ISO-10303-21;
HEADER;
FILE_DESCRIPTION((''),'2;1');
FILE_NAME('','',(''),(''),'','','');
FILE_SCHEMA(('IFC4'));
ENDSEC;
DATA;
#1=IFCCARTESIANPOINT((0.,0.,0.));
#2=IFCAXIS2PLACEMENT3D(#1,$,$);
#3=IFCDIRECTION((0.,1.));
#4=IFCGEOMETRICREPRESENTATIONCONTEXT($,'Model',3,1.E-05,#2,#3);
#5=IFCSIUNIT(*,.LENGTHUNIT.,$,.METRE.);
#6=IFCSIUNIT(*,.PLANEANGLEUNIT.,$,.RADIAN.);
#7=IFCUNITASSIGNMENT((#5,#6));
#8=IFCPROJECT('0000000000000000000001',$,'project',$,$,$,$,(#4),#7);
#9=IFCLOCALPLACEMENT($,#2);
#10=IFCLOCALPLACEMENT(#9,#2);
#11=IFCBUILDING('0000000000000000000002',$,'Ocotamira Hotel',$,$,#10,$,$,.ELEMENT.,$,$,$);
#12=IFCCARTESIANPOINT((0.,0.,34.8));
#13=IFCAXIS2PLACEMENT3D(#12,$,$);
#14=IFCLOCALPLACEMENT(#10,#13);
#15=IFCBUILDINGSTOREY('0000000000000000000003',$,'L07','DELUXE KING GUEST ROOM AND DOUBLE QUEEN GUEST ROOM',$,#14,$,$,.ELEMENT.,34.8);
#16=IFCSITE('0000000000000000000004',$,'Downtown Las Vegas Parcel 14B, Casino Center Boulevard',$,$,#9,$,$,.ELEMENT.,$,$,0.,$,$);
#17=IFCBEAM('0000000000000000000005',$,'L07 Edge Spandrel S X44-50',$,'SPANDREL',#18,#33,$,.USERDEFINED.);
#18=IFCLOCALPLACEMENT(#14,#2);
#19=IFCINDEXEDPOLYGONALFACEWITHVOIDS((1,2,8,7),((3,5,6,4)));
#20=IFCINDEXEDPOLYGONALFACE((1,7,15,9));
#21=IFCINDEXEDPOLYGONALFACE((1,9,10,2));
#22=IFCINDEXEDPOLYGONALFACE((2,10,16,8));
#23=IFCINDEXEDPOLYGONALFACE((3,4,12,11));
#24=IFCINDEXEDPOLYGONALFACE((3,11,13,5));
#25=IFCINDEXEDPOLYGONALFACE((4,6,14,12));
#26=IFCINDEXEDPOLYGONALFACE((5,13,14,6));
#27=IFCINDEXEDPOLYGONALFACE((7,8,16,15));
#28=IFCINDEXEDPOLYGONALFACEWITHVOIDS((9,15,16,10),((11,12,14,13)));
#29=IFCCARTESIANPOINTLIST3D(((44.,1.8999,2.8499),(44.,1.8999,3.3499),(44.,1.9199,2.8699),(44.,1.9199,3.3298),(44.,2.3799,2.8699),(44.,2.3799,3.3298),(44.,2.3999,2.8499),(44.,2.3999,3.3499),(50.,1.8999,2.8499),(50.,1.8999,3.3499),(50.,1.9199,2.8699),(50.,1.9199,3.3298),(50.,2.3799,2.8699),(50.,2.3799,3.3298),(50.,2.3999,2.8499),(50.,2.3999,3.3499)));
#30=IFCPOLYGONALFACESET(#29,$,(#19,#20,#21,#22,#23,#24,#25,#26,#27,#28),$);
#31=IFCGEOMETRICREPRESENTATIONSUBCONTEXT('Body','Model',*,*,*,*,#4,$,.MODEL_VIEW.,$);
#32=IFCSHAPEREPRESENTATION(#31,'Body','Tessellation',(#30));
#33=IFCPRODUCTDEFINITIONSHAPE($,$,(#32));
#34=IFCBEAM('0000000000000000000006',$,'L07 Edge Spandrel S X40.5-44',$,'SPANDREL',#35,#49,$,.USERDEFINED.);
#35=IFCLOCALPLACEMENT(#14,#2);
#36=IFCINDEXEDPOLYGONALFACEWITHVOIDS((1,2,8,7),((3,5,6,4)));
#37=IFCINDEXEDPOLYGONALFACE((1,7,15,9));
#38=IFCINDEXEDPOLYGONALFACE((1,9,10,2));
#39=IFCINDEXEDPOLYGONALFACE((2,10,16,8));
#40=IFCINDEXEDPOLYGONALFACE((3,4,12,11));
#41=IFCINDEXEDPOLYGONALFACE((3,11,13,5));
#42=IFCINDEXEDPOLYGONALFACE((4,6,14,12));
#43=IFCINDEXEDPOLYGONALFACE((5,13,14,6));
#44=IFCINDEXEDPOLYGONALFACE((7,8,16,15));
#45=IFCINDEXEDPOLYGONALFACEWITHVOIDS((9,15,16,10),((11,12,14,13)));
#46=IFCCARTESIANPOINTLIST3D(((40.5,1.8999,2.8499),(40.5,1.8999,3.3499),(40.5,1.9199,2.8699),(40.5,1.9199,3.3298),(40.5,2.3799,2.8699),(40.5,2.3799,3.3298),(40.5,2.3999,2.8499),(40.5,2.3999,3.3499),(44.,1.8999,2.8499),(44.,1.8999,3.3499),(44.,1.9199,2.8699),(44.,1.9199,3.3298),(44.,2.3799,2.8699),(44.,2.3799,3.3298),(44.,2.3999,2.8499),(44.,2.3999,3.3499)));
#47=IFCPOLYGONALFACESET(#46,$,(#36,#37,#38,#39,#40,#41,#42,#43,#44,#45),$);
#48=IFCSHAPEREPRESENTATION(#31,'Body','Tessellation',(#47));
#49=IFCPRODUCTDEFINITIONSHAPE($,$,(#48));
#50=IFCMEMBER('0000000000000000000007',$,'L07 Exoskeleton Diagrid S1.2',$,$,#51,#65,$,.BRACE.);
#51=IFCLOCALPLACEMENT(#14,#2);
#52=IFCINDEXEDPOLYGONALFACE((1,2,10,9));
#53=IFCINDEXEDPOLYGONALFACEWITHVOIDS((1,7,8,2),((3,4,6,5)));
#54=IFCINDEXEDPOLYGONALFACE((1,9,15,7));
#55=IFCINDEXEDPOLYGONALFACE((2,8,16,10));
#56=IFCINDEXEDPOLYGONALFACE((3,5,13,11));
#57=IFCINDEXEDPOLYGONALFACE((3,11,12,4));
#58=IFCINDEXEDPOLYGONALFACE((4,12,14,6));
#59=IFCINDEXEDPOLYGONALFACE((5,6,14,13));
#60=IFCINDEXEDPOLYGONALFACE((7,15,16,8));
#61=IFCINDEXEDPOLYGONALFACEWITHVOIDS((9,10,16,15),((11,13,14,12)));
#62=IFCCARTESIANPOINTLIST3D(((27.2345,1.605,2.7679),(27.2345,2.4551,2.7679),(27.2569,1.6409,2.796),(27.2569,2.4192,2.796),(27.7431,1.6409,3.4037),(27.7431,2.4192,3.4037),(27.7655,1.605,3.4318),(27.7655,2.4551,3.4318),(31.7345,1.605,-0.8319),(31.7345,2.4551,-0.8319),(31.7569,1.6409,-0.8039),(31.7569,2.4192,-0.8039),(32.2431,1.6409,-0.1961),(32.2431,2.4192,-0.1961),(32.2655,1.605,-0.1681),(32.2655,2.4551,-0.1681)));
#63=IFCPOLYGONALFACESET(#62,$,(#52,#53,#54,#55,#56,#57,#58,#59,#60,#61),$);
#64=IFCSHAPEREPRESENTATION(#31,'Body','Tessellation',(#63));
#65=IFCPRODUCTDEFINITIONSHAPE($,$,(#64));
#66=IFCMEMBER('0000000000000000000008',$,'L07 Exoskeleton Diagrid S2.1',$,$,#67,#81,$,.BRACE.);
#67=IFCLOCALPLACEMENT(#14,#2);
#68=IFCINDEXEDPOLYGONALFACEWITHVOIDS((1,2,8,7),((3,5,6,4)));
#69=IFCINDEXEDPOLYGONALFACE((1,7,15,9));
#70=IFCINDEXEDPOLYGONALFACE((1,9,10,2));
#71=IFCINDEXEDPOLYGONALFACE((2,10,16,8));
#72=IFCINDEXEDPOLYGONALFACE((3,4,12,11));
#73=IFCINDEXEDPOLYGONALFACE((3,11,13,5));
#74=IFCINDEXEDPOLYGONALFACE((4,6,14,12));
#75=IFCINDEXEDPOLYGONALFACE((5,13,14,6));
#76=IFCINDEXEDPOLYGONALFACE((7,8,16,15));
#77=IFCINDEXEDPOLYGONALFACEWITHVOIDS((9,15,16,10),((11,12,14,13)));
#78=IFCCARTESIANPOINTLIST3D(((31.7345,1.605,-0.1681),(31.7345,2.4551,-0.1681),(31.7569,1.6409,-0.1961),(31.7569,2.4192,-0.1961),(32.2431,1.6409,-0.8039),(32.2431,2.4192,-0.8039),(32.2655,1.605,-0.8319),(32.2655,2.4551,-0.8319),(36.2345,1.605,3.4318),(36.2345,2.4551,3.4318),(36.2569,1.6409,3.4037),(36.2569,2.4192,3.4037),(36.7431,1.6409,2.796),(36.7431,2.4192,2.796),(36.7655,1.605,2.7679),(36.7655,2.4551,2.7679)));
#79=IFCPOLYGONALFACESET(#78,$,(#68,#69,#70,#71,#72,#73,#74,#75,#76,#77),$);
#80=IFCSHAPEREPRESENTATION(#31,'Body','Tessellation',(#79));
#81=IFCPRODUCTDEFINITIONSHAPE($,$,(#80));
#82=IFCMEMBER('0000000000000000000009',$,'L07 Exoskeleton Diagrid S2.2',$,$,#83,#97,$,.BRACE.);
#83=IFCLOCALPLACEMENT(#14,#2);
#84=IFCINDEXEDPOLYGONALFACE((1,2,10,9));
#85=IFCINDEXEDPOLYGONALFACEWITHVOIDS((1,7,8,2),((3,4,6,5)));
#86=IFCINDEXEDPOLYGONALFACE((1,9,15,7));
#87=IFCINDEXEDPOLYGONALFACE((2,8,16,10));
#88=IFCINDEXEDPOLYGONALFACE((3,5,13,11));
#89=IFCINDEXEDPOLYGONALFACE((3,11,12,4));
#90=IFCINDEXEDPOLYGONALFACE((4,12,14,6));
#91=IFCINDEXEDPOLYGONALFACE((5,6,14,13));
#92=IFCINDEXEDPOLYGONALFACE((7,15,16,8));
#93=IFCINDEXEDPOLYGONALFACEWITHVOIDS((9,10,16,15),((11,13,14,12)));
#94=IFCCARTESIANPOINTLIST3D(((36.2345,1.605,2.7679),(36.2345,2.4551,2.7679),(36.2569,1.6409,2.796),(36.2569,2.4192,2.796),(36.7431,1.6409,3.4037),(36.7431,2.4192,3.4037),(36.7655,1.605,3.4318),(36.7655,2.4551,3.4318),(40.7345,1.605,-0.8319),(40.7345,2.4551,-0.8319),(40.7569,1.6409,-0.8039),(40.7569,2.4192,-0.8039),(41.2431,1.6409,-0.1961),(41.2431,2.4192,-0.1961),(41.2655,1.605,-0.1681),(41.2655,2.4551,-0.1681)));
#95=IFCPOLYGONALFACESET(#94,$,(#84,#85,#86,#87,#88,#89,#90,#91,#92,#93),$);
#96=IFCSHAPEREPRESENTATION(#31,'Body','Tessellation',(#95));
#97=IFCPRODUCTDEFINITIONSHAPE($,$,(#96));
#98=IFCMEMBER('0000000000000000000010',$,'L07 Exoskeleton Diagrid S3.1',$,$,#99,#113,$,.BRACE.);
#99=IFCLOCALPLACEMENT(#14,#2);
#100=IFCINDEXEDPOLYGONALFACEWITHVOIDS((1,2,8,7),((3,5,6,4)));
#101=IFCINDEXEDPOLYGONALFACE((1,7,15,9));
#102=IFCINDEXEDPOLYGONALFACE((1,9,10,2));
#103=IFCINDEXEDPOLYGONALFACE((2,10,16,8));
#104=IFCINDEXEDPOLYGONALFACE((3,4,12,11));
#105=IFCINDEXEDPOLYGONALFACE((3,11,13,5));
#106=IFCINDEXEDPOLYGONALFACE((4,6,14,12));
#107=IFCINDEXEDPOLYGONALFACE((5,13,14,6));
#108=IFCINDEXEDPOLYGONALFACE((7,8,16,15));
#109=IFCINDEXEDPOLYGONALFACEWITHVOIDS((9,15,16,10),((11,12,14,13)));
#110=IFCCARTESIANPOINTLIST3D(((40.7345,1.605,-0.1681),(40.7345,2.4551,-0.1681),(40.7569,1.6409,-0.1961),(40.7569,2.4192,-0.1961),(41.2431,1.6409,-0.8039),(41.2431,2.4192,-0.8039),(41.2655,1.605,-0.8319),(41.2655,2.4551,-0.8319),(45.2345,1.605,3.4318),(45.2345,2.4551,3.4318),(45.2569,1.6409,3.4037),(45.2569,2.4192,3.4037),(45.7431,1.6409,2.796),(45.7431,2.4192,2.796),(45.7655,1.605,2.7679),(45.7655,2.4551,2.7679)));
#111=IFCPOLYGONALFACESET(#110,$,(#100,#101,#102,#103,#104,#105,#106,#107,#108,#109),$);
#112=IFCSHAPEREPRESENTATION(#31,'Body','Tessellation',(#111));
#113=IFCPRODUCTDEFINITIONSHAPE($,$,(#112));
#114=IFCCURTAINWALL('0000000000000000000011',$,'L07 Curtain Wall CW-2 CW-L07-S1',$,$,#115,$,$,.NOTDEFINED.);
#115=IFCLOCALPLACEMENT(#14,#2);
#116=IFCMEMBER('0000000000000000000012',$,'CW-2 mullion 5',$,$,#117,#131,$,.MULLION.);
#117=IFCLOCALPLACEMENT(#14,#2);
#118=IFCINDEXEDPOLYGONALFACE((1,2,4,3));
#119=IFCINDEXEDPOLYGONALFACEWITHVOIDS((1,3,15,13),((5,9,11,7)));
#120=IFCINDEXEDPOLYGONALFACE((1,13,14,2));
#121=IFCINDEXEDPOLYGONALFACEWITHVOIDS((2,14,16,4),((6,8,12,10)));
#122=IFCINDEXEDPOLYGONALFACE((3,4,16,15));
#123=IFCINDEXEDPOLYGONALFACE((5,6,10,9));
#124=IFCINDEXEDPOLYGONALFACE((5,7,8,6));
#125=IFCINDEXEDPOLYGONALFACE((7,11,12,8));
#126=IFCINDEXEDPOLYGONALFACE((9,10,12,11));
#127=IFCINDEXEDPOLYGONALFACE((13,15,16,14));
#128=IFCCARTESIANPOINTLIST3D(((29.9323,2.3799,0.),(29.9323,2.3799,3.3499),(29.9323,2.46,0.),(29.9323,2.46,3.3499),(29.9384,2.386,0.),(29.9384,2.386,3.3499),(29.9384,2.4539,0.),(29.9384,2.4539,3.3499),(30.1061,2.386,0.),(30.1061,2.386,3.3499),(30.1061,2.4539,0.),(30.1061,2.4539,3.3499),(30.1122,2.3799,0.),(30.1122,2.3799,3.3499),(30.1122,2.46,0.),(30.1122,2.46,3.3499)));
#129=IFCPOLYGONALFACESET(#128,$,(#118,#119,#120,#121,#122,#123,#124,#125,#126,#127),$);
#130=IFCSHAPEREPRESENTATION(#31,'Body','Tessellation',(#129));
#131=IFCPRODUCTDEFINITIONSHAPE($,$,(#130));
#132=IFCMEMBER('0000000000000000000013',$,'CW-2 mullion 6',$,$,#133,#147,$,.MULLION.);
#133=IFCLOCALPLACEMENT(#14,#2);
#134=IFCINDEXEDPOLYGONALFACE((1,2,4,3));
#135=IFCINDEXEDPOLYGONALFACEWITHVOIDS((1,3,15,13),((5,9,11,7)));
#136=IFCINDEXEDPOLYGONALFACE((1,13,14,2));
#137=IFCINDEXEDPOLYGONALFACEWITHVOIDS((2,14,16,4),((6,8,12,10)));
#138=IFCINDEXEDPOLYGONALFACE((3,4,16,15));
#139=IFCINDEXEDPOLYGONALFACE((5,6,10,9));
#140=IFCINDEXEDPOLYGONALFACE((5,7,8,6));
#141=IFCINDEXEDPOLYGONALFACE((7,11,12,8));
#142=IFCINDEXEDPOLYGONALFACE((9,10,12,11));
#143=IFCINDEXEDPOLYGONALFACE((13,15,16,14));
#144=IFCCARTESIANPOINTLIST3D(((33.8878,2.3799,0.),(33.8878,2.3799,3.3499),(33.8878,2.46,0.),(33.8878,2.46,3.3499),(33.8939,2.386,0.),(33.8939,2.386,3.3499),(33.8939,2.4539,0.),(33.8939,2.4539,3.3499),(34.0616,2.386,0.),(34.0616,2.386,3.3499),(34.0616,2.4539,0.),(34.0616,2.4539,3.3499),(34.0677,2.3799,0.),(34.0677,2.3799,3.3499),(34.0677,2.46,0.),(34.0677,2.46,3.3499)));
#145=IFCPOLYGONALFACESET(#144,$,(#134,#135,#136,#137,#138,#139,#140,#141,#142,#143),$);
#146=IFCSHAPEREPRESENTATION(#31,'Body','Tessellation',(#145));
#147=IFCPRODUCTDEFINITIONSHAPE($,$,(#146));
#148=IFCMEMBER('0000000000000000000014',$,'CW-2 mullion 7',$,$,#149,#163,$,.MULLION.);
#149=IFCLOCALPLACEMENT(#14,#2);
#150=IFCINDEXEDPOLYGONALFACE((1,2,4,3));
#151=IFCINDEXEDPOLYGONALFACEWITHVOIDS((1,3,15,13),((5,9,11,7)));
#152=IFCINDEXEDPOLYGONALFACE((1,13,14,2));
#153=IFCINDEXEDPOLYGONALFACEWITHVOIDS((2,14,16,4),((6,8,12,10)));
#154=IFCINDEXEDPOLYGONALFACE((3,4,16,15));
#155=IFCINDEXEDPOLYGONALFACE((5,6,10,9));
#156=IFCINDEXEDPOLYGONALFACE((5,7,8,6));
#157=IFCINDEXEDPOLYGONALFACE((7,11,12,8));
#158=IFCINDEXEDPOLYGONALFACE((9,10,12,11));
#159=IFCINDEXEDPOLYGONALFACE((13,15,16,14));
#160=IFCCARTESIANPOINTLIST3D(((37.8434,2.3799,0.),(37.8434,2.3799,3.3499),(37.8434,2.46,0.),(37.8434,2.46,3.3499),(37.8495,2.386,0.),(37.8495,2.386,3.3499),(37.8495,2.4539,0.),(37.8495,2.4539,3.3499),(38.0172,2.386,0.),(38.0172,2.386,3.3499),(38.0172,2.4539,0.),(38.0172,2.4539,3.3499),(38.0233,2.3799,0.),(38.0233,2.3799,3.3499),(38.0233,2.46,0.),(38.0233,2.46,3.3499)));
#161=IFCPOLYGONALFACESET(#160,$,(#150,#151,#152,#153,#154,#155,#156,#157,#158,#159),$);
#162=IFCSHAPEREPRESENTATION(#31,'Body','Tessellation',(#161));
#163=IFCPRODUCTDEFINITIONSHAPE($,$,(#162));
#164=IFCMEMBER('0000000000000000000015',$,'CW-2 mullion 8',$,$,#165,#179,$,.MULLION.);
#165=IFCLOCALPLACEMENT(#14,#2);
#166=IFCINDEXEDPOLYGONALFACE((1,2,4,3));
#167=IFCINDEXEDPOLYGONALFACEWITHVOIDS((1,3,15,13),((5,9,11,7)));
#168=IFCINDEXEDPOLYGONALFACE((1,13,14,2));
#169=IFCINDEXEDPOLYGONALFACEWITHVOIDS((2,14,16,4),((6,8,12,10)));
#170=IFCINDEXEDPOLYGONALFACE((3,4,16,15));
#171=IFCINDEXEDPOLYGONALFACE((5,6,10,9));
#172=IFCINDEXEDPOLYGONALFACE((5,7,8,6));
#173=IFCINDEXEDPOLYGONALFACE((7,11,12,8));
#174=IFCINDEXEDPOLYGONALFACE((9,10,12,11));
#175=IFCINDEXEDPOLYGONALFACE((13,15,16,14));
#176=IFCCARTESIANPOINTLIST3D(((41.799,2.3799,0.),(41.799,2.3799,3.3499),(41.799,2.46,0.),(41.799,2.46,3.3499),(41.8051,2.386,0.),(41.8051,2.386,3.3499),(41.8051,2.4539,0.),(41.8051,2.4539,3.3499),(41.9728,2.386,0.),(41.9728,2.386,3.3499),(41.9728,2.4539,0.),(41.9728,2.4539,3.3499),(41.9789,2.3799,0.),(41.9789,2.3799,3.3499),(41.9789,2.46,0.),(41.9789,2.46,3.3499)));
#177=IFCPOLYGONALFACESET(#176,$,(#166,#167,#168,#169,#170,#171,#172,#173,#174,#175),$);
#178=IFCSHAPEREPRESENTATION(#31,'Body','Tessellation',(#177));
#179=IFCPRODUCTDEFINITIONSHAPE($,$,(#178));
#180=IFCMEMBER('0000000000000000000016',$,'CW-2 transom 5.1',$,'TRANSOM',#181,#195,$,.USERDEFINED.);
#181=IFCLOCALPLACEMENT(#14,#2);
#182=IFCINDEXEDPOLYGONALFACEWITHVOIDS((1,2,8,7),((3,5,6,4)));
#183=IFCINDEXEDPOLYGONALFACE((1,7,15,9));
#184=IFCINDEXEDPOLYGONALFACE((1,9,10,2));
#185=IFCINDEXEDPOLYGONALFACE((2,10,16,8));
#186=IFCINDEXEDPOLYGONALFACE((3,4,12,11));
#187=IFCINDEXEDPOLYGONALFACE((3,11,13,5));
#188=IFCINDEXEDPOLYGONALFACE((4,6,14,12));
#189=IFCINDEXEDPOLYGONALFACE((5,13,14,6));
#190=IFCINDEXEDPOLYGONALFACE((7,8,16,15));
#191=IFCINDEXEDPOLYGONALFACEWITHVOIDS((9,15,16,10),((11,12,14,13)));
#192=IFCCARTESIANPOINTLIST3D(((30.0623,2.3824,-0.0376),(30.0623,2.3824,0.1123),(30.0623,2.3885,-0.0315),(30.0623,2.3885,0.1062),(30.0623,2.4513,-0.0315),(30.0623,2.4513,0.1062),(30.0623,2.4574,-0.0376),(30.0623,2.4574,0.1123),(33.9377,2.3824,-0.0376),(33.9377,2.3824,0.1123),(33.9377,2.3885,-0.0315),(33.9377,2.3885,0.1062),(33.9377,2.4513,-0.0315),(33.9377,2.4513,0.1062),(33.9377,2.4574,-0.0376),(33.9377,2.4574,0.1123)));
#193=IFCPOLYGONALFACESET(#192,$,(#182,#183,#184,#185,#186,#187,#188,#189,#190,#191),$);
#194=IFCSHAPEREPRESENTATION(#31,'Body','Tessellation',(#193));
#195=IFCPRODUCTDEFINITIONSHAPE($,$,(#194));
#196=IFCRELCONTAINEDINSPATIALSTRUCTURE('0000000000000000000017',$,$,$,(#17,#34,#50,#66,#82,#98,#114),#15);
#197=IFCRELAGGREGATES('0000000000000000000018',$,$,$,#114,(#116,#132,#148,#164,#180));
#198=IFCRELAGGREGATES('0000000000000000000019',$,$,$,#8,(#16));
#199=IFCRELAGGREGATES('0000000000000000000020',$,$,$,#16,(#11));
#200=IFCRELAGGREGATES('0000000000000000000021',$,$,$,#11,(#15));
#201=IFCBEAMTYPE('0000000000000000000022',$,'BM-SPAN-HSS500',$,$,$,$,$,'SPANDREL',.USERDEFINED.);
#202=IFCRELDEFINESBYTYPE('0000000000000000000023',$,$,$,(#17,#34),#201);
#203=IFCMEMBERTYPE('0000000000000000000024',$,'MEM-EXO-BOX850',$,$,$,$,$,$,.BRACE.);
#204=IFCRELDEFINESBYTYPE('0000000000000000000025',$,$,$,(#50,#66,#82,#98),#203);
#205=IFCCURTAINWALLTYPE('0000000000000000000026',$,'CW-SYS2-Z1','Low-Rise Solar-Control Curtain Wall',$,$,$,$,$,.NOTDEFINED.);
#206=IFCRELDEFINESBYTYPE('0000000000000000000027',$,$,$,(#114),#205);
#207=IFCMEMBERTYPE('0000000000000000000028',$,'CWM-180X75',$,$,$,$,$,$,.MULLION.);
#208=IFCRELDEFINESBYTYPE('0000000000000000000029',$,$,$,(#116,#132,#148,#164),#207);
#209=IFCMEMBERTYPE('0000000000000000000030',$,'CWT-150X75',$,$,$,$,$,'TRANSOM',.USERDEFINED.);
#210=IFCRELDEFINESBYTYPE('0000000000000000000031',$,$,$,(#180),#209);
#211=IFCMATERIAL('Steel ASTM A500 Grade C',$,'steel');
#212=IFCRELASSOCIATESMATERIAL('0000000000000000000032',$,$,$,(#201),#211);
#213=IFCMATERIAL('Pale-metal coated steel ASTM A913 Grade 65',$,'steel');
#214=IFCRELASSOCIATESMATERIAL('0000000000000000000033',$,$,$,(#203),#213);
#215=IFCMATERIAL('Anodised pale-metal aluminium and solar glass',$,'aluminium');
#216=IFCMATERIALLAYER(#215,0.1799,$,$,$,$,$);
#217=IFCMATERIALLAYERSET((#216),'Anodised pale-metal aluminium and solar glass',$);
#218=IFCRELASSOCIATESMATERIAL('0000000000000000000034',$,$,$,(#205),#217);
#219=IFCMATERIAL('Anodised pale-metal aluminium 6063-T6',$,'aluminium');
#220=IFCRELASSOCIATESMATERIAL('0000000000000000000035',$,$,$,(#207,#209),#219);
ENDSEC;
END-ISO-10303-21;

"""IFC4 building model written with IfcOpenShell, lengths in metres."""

from ifc_helpers import new_model, si_unit, direction, frame, origin, origin_2d, place, context, subcontext, project, spatial, hollow_rectangle, extrude, source, transform, mapped, material, layer, layer_set, material_profile, profile_set, type_object, element, aggregate, save


model = new_model("IFC4")

# Units and contexts
model_context = context("Model", 3, precision=1e-05, world=origin(), true_north=direction((0.0, 1.0)))
body_context = subcontext(model_context, "Body", "Model", "MODEL_VIEW")
ifc_project = project(units=[si_unit("LENGTHUNIT", "METRE"), si_unit("PLANEANGLEUNIT", "RADIAN")], contexts=[model_context])

# Site, building, storey
site_placement = place(None, origin())
site = spatial("IfcSite", under=ifc_project, at=site_placement, Name="Downtown Las Vegas Parcel 14B, Casino Center Boulevard", CompositionType="ELEMENT", RefElevation=0.0)
building_placement = place(site_placement, origin())
building = spatial("IfcBuilding", under=site, at=building_placement, Name="Ocotamira Hotel", CompositionType="ELEMENT")
storey_placement = place(building_placement, frame((0.0, 0.0, 34.8)))
storey = spatial("IfcBuildingStorey", under=building, at=storey_placement, Name="L07", Description="DELUXE KING GUEST ROOM AND DOUBLE QUEEN GUEST ROOM", CompositionType="ELEMENT", Elevation=34.8)

# Beams
ifc_material_1 = material(Name="Steel ASTM A500 Grade C", Category="steel")
ifc_material_profile_1 = material_profile(ifc_material_1, hollow_rectangle(XDim=0.5, YDim=0.5, WallThickness=0.02, at=origin_2d()), Name="HSS500X500X20")
ifc_profile_set_1 = profile_set([ifc_material_profile_1], Name="Steel ASTM A500 Grade C")
beam_type = type_object("IfcBeamType", Name="BM-SPAN-HSS500", ElementType="SPANDREL", PredefinedType="USERDEFINED", material=ifc_profile_set_1)
shared_shape_1 = source(origin(), body_context, "Body", "SweptSolid", [
    extrude(hollow_rectangle(XDim=0.5, YDim=0.5, WallThickness=0.02, at=origin_2d()), origin(), (0.0, 0.0, 1.0), 6.0),
])
beam_1_placement = place(storey_placement, frame((44.0, 2.1499, 3.0999), z_axis=(1.0, 0.0, 0.0), x_axis=(0.0, 1.0, 0.0)))
element("IfcBeam", 1, at=beam_1_placement, inside=storey, type_object=beam_type, Name="L07 Edge Spandrel S X44-50", ObjectType="SPANDREL", PredefinedType="USERDEFINED", context=body_context, shape_type="MappedRepresentation", body=[
    mapped(shared_shape_1, transform((0.0, 0.0, 0.0), scale=1.0)),
])
shared_shape_2 = source(origin(), body_context, "Body", "SweptSolid", [
    extrude(hollow_rectangle(XDim=0.5, YDim=0.5, WallThickness=0.02, at=origin_2d()), origin(), (0.0, 0.0, 1.0), 3.5),
])
beam_2_placement = place(storey_placement, frame((40.5, 2.1499, 3.0999), z_axis=(1.0, 0.0, 0.0), x_axis=(0.0, 1.0, 0.0)))
element("IfcBeam", 2, at=beam_2_placement, inside=storey, type_object=beam_type, Name="L07 Edge Spandrel S X40.5-44", ObjectType="SPANDREL", PredefinedType="USERDEFINED", context=body_context, shape_type="MappedRepresentation", body=[
    mapped(shared_shape_2, transform((0.0, 0.0, 0.0), scale=1.0)),
])

# Members
ifc_material_2 = material(Name="Pale-metal coated steel ASTM A913 Grade 65", Category="steel")
ifc_material_profile_2 = material_profile(ifc_material_2, hollow_rectangle(XDim=0.8501, YDim=0.8501, WallThickness=0.0359, at=origin_2d()), Name="BOX850X850X36")
ifc_profile_set_2 = profile_set([ifc_material_profile_2], Name="Pale-metal coated steel ASTM A913 Grade 65")
member_type_1 = type_object("IfcMemberType", Name="MEM-EXO-BOX850", PredefinedType="BRACE", material=ifc_profile_set_2)
shared_shape_3 = source(origin(), body_context, "Body", "SweptSolid", [
    extrude(hollow_rectangle(XDim=0.8501, YDim=0.8501, WallThickness=0.0359, at=origin_2d()), origin(), (0.0, 0.0, 1.0), 5.7627),
])
for number, where, z_axis, x_axis, name in (
    (3, (32.0, 2.03, -0.5), (-0.780881, 0.0, 0.62468), (0.0, -1.0, 0.0), "L07 Exoskeleton Diagrid S1.2"),
    (4, (32.0, 2.03, -0.5), (0.780881, 0.0, 0.62468), (0.0, 1.0, 0.0), "L07 Exoskeleton Diagrid S2.1"),
    (5, (41.0, 2.03, -0.5), (-0.780881, 0.0, 0.62468), (0.0, -1.0, 0.0), "L07 Exoskeleton Diagrid S2.2"),
    (6, (41.0, 2.03, -0.5), (0.780881, 0.0, 0.62468), (0.0, 1.0, 0.0), "L07 Exoskeleton Diagrid S3.1"),
):
    element("IfcMember", number, at=place(storey_placement, frame(where, z_axis=z_axis, x_axis=x_axis)), inside=storey, type_object=member_type_1, Name=name, PredefinedType="BRACE", context=body_context, shape_type="MappedRepresentation", body=[
        mapped(shared_shape_3, transform((0.0, 0.0, 0.0), scale=1.0)),
    ])

# Curtain wall, members
ifc_material_3 = material(Name="Anodised pale-metal aluminium and solar glass", Category="aluminium")
ifc_layer_1 = layer(ifc_material_3, 0.1799)
ifc_layer_set_1 = layer_set([ifc_layer_1], Name="Anodised pale-metal aluminium and solar glass")
curtain_wall_type = type_object("IfcCurtainWallType", Name="CW-SYS2-Z1", Description="Low-Rise Solar-Control Curtain Wall", PredefinedType="NOTDEFINED", material=ifc_layer_set_1)
curtain_wall_placement = place(storey_placement, origin())
curtain_wall = element("IfcCurtainWall", 7, at=curtain_wall_placement, inside=storey, type_object=curtain_wall_type, Name="L07 Curtain Wall CW-2 CW-L07-S1", PredefinedType="NOTDEFINED")
ifc_material_4 = material(Name="Anodised pale-metal aluminium 6063-T6", Category="aluminium")
ifc_material_profile_3 = material_profile(ifc_material_4, hollow_rectangle(XDim=0.0801, YDim=0.1799, WallThickness=0.0061, at=origin_2d()), Name="HSS180X80X6")
ifc_profile_set_3 = profile_set([ifc_material_profile_3], Name="Anodised pale-metal aluminium 6063-T6")
member_type_2 = type_object("IfcMemberType", Name="CWM-180X75", PredefinedType="MULLION", material=ifc_profile_set_3)
shared_shape_4 = source(origin(), body_context, "Body", "SweptSolid", [
    extrude(hollow_rectangle(XDim=0.0801, YDim=0.1799, WallThickness=0.0061, at=origin_2d()), origin(), (0.0, 0.0, 1.0), 3.3499),
])
member_1_placement = place(storey_placement, frame((30.0222, 2.4199, 0.0), z_axis=(0.0, 0.0, 1.0), x_axis=(0.0, 1.0, 0.0)))
member_1 = element("IfcMember", 8, at=member_1_placement, type_object=member_type_2, Name="CW-2 mullion 5", PredefinedType="MULLION", context=body_context, shape_type="MappedRepresentation", body=[
    mapped(shared_shape_4, transform((0.0, 0.0, 0.0), scale=1.0)),
])
member_2_placement = place(storey_placement, frame((33.9778, 2.4199, 0.0), z_axis=(0.0, 0.0, 1.0), x_axis=(0.0, 1.0, 0.0)))
member_2 = element("IfcMember", 9, at=member_2_placement, type_object=member_type_2, Name="CW-2 mullion 6", PredefinedType="MULLION", context=body_context, shape_type="MappedRepresentation", body=[
    mapped(shared_shape_4, transform((0.0, 0.0, 0.0), scale=1.0)),
])
member_3_placement = place(storey_placement, frame((37.9333, 2.4199, 0.0), z_axis=(0.0, 0.0, 1.0), x_axis=(0.0, 1.0, 0.0)))
member_3 = element("IfcMember", 10, at=member_3_placement, type_object=member_type_2, Name="CW-2 mullion 7", PredefinedType="MULLION", context=body_context, shape_type="MappedRepresentation", body=[
    mapped(shared_shape_4, transform((0.0, 0.0, 0.0), scale=1.0)),
])
member_4_placement = place(storey_placement, frame((41.8889, 2.4199, 0.0), z_axis=(0.0, 0.0, 1.0), x_axis=(0.0, 1.0, 0.0)))
member_4 = element("IfcMember", 11, at=member_4_placement, type_object=member_type_2, Name="CW-2 mullion 8", PredefinedType="MULLION", context=body_context, shape_type="MappedRepresentation", body=[
    mapped(shared_shape_4, transform((0.0, 0.0, 0.0), scale=1.0)),
])
ifc_material_profile_4 = material_profile(ifc_material_4, hollow_rectangle(XDim=0.075, YDim=0.1499, WallThickness=0.0061, at=origin_2d()), Name="HSS150X75X6")
ifc_profile_set_4 = profile_set([ifc_material_profile_4], Name="Anodised pale-metal aluminium 6063-T6")
member_type_3 = type_object("IfcMemberType", Name="CWT-150X75", ElementType="TRANSOM", PredefinedType="USERDEFINED", material=ifc_profile_set_4)
shared_shape_5 = source(origin(), body_context, "Body", "SweptSolid", [
    extrude(hollow_rectangle(XDim=0.075, YDim=0.1499, WallThickness=0.0061, at=origin_2d()), origin(), (0.0, 0.0, 1.0), 3.8755),
])
member_5_placement = place(storey_placement, frame((30.0623, 2.4199, 0.0374), z_axis=(1.0, 0.0, 0.0), x_axis=(0.0, 1.0, 0.0)))
member_5 = element("IfcMember", 12, at=member_5_placement, type_object=member_type_3, Name="CW-2 transom 5.1", ObjectType="TRANSOM", PredefinedType="USERDEFINED", context=body_context, shape_type="MappedRepresentation", body=[
    mapped(shared_shape_5, transform((0.0, 0.0, 0.0), scale=1.0)),
])

aggregate(curtain_wall, [member_1, member_2, member_3, member_4, member_5])

save(model, "model.ifc")
